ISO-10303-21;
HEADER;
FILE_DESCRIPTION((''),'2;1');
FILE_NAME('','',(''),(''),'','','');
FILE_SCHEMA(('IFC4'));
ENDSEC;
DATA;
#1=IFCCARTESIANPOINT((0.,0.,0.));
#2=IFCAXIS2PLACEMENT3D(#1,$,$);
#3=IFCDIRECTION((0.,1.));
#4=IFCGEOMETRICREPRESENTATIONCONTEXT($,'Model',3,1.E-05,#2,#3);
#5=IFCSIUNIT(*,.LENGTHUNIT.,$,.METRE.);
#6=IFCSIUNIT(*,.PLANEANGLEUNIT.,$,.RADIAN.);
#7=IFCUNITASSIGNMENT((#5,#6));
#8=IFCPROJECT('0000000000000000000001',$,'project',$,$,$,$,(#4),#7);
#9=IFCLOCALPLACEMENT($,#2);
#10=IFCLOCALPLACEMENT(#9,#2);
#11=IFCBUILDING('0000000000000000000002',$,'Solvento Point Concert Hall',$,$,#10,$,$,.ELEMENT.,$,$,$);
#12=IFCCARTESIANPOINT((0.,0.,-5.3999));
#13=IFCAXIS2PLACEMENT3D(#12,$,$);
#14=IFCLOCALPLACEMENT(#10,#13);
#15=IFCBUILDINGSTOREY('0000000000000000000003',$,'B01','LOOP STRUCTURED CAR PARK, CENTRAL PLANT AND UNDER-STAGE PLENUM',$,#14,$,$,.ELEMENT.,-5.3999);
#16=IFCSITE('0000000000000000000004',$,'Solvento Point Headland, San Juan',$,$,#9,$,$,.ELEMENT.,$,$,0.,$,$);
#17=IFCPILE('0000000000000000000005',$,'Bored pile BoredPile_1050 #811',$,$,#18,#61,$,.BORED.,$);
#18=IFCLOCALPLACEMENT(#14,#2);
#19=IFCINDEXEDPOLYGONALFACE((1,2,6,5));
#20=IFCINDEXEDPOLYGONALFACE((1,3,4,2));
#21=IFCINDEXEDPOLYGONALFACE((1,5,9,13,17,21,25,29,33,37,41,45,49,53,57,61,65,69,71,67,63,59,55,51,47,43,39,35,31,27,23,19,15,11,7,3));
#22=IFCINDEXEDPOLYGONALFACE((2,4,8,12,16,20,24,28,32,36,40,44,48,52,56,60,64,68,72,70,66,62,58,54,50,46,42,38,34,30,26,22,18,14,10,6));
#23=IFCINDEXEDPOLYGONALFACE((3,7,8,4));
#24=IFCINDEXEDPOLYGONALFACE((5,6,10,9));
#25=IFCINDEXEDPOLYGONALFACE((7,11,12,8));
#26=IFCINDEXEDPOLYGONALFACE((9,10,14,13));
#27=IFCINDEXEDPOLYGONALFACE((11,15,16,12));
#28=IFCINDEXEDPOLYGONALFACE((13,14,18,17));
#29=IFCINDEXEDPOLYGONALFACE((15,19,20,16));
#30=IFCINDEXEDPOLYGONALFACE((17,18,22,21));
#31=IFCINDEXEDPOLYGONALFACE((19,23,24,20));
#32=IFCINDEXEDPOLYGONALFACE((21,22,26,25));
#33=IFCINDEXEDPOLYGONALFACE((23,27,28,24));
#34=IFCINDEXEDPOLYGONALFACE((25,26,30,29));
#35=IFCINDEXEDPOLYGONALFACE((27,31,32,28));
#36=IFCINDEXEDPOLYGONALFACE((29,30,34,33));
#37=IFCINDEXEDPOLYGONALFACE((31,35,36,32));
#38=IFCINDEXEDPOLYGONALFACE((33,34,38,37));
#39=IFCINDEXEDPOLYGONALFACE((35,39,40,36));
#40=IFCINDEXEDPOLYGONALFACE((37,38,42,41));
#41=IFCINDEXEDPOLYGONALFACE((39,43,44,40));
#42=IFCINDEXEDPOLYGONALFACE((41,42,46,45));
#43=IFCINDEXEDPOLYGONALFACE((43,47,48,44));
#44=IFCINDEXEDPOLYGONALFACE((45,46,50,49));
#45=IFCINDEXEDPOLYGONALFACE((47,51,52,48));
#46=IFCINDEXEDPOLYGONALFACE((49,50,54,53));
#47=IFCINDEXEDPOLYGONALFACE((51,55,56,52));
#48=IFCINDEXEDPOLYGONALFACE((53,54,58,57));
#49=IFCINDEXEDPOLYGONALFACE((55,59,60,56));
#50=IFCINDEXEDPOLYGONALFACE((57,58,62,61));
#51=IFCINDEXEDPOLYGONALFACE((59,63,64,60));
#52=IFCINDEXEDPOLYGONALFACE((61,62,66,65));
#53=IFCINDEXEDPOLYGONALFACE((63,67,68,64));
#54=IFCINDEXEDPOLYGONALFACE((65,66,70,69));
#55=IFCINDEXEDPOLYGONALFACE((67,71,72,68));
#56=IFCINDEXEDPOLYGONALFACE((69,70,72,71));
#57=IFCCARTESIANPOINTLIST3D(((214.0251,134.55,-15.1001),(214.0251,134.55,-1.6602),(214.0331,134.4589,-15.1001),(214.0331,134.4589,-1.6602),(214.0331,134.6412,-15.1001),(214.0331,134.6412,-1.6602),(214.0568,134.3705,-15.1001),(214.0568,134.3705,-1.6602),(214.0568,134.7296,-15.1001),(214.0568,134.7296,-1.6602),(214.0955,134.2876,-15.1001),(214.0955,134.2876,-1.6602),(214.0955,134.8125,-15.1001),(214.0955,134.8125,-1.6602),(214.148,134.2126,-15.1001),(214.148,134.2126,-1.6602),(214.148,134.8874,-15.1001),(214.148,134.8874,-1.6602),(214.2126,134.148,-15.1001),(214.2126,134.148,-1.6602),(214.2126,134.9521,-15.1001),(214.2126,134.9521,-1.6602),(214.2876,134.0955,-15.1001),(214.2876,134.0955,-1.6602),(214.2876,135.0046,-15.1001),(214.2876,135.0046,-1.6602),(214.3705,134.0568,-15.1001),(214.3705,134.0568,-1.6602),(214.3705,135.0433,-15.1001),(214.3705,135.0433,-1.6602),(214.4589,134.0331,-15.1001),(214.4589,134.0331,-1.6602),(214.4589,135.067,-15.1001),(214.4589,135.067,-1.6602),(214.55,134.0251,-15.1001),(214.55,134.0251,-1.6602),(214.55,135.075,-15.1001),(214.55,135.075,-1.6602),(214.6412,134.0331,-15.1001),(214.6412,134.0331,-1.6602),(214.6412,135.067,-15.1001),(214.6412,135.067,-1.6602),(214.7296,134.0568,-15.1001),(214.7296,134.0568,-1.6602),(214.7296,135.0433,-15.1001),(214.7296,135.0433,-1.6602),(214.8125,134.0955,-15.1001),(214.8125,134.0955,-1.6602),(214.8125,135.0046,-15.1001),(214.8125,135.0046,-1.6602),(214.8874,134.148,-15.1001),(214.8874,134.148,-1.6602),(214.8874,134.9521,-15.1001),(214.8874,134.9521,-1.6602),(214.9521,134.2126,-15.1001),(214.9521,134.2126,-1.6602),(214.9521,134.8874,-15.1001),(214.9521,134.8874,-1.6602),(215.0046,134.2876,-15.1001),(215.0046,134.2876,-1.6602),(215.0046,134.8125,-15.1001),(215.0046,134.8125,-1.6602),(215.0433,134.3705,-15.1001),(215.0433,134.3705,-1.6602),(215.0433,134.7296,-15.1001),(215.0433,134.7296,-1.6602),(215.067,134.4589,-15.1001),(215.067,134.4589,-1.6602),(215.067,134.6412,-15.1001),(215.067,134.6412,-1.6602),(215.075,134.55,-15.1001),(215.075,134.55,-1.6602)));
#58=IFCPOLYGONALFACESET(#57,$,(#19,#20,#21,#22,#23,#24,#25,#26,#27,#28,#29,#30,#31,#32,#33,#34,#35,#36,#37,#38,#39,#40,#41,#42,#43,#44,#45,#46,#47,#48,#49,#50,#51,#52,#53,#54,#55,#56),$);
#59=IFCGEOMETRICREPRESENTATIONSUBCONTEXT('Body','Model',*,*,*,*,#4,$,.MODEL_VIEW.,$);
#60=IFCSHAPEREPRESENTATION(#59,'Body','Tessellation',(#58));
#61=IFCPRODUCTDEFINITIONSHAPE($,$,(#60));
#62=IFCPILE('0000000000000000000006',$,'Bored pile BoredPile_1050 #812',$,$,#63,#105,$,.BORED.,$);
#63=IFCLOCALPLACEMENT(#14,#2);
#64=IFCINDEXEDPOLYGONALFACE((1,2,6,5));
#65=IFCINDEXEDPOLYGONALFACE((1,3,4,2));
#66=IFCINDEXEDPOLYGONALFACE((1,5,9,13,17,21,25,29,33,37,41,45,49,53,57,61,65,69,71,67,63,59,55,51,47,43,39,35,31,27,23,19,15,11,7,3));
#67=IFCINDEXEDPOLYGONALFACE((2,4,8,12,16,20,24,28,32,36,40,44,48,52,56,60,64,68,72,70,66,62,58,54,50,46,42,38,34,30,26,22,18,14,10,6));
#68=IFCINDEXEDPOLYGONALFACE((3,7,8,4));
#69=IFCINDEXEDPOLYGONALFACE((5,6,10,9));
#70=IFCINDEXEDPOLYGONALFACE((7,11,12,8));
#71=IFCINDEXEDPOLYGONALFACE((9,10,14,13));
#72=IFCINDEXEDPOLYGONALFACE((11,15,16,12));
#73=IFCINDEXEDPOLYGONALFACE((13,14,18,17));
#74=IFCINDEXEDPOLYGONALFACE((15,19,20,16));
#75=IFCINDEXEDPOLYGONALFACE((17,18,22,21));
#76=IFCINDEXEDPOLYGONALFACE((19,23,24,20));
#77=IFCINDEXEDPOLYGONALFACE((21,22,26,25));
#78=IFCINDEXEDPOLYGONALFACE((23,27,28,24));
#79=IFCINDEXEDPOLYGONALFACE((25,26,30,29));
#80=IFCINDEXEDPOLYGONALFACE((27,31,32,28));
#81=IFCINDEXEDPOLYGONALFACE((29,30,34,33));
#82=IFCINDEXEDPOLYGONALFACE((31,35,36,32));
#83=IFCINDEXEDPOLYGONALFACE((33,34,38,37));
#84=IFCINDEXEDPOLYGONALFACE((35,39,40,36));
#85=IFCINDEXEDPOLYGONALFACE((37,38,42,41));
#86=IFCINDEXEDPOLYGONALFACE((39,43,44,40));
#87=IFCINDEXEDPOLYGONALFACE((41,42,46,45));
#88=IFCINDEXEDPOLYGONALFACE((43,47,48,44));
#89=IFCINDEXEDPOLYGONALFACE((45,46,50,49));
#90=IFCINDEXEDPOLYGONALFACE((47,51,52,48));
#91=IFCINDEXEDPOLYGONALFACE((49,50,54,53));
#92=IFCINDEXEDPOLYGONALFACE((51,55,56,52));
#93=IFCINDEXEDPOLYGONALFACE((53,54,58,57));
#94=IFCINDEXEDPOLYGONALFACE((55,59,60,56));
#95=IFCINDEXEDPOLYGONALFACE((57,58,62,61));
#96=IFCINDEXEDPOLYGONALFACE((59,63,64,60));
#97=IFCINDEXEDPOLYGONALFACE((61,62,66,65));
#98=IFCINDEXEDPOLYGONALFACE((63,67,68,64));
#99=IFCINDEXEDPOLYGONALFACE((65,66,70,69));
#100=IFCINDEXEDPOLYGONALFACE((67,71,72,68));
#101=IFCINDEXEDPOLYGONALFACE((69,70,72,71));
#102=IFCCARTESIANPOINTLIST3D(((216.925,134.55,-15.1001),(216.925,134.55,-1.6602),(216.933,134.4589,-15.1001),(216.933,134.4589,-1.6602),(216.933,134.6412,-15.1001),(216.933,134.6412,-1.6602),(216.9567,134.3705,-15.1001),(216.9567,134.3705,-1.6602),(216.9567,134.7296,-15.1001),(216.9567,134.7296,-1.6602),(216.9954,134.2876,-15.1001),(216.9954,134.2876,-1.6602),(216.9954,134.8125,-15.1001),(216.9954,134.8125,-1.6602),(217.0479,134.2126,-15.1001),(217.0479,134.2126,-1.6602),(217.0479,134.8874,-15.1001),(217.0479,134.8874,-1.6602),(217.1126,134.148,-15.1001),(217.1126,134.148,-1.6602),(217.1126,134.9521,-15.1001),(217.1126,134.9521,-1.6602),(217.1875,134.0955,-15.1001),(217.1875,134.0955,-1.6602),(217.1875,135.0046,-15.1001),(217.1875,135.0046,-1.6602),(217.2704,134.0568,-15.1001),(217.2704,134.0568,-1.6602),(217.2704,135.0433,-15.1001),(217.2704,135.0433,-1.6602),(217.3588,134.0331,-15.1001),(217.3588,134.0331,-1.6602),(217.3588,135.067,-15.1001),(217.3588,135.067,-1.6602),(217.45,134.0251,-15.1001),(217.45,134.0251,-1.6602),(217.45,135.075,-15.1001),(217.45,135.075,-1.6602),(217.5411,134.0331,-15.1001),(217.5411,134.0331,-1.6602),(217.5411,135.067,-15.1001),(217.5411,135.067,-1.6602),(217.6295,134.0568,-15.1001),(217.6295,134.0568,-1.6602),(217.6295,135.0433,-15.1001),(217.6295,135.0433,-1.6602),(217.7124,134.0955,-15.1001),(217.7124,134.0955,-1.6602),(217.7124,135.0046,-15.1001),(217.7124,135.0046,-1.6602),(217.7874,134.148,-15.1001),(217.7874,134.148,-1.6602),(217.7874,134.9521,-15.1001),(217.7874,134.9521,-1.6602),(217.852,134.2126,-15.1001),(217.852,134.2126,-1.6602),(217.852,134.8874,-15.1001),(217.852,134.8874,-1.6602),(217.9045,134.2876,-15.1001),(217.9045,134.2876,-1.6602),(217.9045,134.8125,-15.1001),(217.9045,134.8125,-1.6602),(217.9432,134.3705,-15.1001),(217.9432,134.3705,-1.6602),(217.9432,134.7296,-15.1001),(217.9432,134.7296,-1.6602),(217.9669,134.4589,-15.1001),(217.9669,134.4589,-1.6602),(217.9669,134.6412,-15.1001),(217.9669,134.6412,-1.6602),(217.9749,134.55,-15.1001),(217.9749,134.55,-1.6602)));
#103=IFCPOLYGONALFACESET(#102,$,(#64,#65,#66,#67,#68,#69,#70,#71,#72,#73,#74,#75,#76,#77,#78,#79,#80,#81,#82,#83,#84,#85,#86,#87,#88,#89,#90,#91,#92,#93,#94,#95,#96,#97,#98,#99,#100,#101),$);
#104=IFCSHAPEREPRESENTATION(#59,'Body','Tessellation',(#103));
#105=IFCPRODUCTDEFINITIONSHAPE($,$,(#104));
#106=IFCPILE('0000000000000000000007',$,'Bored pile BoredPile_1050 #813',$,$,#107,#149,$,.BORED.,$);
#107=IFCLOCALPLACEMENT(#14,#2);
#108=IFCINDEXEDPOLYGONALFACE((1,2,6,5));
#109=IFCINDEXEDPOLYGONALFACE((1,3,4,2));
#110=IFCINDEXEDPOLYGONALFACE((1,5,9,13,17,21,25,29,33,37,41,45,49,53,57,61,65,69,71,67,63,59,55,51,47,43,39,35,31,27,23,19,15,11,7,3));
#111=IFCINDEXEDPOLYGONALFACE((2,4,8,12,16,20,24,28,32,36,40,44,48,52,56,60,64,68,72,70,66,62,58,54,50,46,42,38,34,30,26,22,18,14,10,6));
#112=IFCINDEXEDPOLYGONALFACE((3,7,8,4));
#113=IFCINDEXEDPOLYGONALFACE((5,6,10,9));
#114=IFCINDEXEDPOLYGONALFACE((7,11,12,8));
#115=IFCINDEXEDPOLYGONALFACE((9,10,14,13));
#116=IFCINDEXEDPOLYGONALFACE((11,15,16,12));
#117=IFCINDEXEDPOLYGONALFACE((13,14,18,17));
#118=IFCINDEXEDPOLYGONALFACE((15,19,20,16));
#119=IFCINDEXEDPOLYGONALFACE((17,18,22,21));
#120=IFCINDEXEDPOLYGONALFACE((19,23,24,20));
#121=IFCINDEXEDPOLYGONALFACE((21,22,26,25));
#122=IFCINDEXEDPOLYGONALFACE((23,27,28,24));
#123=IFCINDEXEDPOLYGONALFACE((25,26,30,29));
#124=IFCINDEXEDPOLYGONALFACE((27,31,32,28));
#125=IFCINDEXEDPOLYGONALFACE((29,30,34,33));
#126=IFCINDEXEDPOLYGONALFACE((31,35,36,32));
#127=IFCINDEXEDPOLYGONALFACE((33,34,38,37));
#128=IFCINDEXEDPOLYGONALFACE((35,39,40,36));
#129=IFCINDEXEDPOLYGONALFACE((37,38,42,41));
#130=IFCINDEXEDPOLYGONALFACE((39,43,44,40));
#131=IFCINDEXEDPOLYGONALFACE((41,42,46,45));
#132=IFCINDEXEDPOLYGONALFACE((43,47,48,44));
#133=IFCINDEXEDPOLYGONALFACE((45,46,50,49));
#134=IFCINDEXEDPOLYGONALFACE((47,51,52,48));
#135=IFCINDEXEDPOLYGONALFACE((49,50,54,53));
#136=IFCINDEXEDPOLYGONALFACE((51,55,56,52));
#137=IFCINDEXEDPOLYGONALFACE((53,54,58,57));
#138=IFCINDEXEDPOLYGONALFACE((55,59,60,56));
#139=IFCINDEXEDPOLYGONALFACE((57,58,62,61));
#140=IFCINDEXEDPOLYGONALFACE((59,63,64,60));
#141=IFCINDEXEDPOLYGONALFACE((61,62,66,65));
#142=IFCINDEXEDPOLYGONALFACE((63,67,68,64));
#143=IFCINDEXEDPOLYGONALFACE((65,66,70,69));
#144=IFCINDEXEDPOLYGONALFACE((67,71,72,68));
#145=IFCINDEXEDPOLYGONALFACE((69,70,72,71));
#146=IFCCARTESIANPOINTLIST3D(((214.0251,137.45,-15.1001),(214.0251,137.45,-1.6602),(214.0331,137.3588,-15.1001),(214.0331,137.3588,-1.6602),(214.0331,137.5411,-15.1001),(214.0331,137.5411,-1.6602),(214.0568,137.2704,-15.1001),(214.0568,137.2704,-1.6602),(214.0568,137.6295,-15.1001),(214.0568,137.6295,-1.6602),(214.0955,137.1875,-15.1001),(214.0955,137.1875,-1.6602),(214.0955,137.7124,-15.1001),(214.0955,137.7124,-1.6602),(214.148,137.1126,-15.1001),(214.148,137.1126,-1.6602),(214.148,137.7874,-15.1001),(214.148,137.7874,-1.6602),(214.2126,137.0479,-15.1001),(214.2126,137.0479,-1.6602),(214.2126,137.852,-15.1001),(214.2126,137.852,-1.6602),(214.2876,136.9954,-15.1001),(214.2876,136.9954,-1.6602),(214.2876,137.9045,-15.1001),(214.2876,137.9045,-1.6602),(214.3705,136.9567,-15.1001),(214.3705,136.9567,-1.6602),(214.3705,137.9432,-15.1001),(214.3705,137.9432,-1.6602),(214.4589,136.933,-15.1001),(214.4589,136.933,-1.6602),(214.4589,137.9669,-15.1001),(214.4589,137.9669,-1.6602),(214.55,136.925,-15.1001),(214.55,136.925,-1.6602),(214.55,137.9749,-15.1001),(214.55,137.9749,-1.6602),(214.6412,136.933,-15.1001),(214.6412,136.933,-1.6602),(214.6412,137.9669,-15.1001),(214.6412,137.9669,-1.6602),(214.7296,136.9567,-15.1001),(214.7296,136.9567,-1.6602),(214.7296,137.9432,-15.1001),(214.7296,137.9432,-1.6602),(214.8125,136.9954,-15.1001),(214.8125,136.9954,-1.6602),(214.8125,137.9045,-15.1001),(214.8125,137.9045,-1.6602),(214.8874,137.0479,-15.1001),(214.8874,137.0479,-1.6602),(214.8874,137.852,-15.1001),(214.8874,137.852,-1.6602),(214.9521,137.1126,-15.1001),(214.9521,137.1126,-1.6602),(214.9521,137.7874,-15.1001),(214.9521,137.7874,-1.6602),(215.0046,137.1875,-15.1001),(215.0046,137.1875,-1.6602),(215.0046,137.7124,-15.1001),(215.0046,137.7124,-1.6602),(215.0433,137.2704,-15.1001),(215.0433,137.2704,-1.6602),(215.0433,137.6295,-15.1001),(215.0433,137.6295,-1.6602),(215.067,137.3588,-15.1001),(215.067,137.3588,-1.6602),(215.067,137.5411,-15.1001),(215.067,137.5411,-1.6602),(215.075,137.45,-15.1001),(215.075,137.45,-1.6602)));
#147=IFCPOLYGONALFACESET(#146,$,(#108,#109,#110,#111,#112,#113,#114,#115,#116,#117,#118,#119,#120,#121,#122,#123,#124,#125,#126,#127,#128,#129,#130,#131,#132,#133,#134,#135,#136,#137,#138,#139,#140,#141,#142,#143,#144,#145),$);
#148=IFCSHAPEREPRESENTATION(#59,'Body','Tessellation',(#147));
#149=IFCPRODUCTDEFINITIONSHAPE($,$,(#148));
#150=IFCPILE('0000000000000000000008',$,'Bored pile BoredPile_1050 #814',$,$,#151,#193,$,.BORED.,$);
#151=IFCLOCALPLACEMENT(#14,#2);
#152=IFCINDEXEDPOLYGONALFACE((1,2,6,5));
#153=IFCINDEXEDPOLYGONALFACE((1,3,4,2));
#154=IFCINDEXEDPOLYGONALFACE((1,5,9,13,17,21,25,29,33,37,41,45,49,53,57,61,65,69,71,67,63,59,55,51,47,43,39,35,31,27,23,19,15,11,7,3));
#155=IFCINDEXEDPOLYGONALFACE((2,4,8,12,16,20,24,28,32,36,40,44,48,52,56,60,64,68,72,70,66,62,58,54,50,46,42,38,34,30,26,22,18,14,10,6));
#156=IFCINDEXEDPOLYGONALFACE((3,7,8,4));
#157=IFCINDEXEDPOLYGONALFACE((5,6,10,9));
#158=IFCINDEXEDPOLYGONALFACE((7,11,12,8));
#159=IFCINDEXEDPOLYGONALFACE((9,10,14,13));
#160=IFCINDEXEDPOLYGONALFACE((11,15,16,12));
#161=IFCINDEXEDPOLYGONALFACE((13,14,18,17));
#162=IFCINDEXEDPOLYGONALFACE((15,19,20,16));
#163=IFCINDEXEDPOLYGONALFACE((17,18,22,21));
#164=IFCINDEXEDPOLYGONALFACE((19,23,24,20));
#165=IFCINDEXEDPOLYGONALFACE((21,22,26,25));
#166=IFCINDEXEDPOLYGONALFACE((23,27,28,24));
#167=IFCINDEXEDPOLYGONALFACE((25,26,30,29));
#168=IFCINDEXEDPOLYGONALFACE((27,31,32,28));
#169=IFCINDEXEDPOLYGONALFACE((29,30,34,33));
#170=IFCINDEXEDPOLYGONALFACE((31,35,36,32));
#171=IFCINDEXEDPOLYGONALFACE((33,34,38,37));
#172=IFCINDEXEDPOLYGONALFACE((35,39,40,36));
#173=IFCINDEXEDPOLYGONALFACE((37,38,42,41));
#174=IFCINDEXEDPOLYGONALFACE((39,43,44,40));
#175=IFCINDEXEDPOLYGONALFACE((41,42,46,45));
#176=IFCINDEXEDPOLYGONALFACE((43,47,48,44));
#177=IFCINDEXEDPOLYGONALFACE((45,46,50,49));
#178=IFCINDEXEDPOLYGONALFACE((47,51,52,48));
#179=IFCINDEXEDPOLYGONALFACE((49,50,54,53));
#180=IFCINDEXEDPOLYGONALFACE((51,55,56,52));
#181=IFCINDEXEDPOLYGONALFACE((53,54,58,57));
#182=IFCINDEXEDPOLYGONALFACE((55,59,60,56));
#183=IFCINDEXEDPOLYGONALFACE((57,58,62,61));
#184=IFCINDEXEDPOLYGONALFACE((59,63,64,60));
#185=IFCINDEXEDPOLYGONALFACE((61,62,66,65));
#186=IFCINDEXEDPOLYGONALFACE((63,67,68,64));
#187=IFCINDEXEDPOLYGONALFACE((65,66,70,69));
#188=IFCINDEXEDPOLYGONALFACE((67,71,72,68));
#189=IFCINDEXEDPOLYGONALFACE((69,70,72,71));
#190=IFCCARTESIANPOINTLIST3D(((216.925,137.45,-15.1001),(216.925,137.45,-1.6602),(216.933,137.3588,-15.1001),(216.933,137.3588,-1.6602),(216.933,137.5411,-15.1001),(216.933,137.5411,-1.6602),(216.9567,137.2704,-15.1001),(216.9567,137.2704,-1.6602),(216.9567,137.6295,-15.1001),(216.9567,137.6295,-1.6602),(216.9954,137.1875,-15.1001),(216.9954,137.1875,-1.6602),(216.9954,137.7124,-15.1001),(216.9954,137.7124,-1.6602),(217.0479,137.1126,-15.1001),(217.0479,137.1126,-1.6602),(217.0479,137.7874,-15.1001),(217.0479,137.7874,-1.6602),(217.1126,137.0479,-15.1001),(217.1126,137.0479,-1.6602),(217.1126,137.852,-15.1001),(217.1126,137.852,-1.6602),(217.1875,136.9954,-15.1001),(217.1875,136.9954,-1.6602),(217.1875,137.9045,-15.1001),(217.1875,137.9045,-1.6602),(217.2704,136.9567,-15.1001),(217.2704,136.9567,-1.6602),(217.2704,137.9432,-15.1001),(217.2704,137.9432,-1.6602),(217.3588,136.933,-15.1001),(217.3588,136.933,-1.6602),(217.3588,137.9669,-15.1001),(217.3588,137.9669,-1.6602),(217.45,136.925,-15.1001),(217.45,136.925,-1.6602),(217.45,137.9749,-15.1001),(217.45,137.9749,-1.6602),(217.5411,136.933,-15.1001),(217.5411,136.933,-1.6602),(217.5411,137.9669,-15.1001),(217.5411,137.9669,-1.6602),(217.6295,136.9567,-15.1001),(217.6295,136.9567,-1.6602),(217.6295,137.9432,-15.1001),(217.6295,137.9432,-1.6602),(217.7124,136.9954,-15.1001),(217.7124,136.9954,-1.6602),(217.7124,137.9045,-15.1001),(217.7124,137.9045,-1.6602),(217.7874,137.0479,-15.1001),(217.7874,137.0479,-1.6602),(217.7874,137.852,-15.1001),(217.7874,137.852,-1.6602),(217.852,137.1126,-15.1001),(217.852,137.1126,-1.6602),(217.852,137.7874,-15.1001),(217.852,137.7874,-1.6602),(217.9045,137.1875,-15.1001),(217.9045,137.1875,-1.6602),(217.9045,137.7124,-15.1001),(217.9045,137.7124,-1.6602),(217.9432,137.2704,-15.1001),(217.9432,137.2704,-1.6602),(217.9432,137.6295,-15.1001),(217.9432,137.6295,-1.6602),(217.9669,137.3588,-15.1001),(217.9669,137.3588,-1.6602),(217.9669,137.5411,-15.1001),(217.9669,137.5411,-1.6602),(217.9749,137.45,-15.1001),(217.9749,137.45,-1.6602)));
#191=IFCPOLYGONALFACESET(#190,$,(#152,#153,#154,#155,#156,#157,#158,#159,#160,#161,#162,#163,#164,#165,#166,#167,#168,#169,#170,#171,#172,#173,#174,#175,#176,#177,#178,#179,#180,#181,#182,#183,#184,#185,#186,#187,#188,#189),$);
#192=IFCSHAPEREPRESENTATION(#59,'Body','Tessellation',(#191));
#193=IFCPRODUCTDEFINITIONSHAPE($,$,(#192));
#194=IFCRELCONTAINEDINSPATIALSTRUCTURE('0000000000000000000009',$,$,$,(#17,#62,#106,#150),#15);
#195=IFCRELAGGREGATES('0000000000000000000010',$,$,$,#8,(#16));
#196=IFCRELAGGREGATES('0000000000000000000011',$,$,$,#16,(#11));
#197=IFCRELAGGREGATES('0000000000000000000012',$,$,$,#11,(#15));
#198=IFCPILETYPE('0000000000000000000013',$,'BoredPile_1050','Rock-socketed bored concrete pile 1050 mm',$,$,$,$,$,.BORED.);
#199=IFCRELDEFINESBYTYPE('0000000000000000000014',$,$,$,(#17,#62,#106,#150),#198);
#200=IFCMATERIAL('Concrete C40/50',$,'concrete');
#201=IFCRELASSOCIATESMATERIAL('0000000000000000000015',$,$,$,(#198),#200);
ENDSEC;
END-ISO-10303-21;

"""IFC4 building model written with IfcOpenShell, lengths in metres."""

from ifc_helpers import new_model, si_unit, direction, frame, origin, origin_2d, place, context, subcontext, project, spatial, circle, extrude, material, material_profile, profile_set, type_object, element, save


model = new_model("IFC4")

# Units and contexts
model_context = context("Model", 3, precision=1e-05, world=origin(), true_north=direction((0.0, 1.0)))
body_context = subcontext(model_context, "Body", "Model", "MODEL_VIEW")
ifc_project = project(units=[si_unit("LENGTHUNIT", "METRE"), si_unit("PLANEANGLEUNIT", "RADIAN")], contexts=[model_context])

# Site, building, storey
site_placement = place(None, origin())
site = spatial("IfcSite", under=ifc_project, at=site_placement, Name="Solvento Point Headland, San Juan", CompositionType="ELEMENT", RefElevation=0.0)
building_placement = place(site_placement, origin())
building = spatial("IfcBuilding", under=site, at=building_placement, Name="Solvento Point Concert Hall", CompositionType="ELEMENT")
storey_placement = place(building_placement, frame((0.0, 0.0, -5.3999)))
storey = spatial("IfcBuildingStorey", under=building, at=storey_placement, Name="B01", Description="LOOP STRUCTURED CAR PARK, CENTRAL PLANT AND UNDER-STAGE PLENUM", CompositionType="ELEMENT", Elevation=-5.3999)

# Piles
ifc_material_1 = material(Name="Concrete C40/50", Category="concrete")
ifc_material_profile_1 = material_profile(ifc_material_1, circle(Radius=0.5249, at=origin_2d()), Name="BP-1050")
ifc_profile_set_1 = profile_set([ifc_material_profile_1], Name="Concrete C40/50")
pile_type_1 = type_object("IfcPileType", Name="BoredPile_1050", Description="Rock-socketed bored concrete pile 1050 mm", PredefinedType="BORED", material=ifc_profile_set_1)
for number, where, z_axis, x_axis, name in (
    (1, (214.55, 134.55, -1.6602), (0.0, 0.0, -1.0), (1.0, 0.0, 0.0), "Bored pile BoredPile_1050 #811"),
    (2, (217.45, 134.55, -1.6602), (0.0, 0.0, -1.0), (1.0, 0.0, 0.0), "Bored pile BoredPile_1050 #812"),
    (3, (214.55, 137.45, -1.6602), (0.0, 0.0, -1.0), (1.0, 0.0, 0.0), "Bored pile BoredPile_1050 #813"),
    (4, (217.45, 137.45, -1.6602), (0.0, 0.0, -1.0), (1.0, 0.0, 0.0), "Bored pile BoredPile_1050 #814"),
):
    element("IfcPile", number, at=place(storey_placement, frame(where, z_axis=z_axis, x_axis=x_axis)), inside=storey, type_object=pile_type_1, Name=name, PredefinedType="BORED", context=body_context, shape_type="SweptSolid", body=[
        extrude(circle(Radius=0.5249, at=origin_2d()), origin(), (0.0, 0.0, 1.0), 13.4399),
    ])

save(model, "model.ifc")
